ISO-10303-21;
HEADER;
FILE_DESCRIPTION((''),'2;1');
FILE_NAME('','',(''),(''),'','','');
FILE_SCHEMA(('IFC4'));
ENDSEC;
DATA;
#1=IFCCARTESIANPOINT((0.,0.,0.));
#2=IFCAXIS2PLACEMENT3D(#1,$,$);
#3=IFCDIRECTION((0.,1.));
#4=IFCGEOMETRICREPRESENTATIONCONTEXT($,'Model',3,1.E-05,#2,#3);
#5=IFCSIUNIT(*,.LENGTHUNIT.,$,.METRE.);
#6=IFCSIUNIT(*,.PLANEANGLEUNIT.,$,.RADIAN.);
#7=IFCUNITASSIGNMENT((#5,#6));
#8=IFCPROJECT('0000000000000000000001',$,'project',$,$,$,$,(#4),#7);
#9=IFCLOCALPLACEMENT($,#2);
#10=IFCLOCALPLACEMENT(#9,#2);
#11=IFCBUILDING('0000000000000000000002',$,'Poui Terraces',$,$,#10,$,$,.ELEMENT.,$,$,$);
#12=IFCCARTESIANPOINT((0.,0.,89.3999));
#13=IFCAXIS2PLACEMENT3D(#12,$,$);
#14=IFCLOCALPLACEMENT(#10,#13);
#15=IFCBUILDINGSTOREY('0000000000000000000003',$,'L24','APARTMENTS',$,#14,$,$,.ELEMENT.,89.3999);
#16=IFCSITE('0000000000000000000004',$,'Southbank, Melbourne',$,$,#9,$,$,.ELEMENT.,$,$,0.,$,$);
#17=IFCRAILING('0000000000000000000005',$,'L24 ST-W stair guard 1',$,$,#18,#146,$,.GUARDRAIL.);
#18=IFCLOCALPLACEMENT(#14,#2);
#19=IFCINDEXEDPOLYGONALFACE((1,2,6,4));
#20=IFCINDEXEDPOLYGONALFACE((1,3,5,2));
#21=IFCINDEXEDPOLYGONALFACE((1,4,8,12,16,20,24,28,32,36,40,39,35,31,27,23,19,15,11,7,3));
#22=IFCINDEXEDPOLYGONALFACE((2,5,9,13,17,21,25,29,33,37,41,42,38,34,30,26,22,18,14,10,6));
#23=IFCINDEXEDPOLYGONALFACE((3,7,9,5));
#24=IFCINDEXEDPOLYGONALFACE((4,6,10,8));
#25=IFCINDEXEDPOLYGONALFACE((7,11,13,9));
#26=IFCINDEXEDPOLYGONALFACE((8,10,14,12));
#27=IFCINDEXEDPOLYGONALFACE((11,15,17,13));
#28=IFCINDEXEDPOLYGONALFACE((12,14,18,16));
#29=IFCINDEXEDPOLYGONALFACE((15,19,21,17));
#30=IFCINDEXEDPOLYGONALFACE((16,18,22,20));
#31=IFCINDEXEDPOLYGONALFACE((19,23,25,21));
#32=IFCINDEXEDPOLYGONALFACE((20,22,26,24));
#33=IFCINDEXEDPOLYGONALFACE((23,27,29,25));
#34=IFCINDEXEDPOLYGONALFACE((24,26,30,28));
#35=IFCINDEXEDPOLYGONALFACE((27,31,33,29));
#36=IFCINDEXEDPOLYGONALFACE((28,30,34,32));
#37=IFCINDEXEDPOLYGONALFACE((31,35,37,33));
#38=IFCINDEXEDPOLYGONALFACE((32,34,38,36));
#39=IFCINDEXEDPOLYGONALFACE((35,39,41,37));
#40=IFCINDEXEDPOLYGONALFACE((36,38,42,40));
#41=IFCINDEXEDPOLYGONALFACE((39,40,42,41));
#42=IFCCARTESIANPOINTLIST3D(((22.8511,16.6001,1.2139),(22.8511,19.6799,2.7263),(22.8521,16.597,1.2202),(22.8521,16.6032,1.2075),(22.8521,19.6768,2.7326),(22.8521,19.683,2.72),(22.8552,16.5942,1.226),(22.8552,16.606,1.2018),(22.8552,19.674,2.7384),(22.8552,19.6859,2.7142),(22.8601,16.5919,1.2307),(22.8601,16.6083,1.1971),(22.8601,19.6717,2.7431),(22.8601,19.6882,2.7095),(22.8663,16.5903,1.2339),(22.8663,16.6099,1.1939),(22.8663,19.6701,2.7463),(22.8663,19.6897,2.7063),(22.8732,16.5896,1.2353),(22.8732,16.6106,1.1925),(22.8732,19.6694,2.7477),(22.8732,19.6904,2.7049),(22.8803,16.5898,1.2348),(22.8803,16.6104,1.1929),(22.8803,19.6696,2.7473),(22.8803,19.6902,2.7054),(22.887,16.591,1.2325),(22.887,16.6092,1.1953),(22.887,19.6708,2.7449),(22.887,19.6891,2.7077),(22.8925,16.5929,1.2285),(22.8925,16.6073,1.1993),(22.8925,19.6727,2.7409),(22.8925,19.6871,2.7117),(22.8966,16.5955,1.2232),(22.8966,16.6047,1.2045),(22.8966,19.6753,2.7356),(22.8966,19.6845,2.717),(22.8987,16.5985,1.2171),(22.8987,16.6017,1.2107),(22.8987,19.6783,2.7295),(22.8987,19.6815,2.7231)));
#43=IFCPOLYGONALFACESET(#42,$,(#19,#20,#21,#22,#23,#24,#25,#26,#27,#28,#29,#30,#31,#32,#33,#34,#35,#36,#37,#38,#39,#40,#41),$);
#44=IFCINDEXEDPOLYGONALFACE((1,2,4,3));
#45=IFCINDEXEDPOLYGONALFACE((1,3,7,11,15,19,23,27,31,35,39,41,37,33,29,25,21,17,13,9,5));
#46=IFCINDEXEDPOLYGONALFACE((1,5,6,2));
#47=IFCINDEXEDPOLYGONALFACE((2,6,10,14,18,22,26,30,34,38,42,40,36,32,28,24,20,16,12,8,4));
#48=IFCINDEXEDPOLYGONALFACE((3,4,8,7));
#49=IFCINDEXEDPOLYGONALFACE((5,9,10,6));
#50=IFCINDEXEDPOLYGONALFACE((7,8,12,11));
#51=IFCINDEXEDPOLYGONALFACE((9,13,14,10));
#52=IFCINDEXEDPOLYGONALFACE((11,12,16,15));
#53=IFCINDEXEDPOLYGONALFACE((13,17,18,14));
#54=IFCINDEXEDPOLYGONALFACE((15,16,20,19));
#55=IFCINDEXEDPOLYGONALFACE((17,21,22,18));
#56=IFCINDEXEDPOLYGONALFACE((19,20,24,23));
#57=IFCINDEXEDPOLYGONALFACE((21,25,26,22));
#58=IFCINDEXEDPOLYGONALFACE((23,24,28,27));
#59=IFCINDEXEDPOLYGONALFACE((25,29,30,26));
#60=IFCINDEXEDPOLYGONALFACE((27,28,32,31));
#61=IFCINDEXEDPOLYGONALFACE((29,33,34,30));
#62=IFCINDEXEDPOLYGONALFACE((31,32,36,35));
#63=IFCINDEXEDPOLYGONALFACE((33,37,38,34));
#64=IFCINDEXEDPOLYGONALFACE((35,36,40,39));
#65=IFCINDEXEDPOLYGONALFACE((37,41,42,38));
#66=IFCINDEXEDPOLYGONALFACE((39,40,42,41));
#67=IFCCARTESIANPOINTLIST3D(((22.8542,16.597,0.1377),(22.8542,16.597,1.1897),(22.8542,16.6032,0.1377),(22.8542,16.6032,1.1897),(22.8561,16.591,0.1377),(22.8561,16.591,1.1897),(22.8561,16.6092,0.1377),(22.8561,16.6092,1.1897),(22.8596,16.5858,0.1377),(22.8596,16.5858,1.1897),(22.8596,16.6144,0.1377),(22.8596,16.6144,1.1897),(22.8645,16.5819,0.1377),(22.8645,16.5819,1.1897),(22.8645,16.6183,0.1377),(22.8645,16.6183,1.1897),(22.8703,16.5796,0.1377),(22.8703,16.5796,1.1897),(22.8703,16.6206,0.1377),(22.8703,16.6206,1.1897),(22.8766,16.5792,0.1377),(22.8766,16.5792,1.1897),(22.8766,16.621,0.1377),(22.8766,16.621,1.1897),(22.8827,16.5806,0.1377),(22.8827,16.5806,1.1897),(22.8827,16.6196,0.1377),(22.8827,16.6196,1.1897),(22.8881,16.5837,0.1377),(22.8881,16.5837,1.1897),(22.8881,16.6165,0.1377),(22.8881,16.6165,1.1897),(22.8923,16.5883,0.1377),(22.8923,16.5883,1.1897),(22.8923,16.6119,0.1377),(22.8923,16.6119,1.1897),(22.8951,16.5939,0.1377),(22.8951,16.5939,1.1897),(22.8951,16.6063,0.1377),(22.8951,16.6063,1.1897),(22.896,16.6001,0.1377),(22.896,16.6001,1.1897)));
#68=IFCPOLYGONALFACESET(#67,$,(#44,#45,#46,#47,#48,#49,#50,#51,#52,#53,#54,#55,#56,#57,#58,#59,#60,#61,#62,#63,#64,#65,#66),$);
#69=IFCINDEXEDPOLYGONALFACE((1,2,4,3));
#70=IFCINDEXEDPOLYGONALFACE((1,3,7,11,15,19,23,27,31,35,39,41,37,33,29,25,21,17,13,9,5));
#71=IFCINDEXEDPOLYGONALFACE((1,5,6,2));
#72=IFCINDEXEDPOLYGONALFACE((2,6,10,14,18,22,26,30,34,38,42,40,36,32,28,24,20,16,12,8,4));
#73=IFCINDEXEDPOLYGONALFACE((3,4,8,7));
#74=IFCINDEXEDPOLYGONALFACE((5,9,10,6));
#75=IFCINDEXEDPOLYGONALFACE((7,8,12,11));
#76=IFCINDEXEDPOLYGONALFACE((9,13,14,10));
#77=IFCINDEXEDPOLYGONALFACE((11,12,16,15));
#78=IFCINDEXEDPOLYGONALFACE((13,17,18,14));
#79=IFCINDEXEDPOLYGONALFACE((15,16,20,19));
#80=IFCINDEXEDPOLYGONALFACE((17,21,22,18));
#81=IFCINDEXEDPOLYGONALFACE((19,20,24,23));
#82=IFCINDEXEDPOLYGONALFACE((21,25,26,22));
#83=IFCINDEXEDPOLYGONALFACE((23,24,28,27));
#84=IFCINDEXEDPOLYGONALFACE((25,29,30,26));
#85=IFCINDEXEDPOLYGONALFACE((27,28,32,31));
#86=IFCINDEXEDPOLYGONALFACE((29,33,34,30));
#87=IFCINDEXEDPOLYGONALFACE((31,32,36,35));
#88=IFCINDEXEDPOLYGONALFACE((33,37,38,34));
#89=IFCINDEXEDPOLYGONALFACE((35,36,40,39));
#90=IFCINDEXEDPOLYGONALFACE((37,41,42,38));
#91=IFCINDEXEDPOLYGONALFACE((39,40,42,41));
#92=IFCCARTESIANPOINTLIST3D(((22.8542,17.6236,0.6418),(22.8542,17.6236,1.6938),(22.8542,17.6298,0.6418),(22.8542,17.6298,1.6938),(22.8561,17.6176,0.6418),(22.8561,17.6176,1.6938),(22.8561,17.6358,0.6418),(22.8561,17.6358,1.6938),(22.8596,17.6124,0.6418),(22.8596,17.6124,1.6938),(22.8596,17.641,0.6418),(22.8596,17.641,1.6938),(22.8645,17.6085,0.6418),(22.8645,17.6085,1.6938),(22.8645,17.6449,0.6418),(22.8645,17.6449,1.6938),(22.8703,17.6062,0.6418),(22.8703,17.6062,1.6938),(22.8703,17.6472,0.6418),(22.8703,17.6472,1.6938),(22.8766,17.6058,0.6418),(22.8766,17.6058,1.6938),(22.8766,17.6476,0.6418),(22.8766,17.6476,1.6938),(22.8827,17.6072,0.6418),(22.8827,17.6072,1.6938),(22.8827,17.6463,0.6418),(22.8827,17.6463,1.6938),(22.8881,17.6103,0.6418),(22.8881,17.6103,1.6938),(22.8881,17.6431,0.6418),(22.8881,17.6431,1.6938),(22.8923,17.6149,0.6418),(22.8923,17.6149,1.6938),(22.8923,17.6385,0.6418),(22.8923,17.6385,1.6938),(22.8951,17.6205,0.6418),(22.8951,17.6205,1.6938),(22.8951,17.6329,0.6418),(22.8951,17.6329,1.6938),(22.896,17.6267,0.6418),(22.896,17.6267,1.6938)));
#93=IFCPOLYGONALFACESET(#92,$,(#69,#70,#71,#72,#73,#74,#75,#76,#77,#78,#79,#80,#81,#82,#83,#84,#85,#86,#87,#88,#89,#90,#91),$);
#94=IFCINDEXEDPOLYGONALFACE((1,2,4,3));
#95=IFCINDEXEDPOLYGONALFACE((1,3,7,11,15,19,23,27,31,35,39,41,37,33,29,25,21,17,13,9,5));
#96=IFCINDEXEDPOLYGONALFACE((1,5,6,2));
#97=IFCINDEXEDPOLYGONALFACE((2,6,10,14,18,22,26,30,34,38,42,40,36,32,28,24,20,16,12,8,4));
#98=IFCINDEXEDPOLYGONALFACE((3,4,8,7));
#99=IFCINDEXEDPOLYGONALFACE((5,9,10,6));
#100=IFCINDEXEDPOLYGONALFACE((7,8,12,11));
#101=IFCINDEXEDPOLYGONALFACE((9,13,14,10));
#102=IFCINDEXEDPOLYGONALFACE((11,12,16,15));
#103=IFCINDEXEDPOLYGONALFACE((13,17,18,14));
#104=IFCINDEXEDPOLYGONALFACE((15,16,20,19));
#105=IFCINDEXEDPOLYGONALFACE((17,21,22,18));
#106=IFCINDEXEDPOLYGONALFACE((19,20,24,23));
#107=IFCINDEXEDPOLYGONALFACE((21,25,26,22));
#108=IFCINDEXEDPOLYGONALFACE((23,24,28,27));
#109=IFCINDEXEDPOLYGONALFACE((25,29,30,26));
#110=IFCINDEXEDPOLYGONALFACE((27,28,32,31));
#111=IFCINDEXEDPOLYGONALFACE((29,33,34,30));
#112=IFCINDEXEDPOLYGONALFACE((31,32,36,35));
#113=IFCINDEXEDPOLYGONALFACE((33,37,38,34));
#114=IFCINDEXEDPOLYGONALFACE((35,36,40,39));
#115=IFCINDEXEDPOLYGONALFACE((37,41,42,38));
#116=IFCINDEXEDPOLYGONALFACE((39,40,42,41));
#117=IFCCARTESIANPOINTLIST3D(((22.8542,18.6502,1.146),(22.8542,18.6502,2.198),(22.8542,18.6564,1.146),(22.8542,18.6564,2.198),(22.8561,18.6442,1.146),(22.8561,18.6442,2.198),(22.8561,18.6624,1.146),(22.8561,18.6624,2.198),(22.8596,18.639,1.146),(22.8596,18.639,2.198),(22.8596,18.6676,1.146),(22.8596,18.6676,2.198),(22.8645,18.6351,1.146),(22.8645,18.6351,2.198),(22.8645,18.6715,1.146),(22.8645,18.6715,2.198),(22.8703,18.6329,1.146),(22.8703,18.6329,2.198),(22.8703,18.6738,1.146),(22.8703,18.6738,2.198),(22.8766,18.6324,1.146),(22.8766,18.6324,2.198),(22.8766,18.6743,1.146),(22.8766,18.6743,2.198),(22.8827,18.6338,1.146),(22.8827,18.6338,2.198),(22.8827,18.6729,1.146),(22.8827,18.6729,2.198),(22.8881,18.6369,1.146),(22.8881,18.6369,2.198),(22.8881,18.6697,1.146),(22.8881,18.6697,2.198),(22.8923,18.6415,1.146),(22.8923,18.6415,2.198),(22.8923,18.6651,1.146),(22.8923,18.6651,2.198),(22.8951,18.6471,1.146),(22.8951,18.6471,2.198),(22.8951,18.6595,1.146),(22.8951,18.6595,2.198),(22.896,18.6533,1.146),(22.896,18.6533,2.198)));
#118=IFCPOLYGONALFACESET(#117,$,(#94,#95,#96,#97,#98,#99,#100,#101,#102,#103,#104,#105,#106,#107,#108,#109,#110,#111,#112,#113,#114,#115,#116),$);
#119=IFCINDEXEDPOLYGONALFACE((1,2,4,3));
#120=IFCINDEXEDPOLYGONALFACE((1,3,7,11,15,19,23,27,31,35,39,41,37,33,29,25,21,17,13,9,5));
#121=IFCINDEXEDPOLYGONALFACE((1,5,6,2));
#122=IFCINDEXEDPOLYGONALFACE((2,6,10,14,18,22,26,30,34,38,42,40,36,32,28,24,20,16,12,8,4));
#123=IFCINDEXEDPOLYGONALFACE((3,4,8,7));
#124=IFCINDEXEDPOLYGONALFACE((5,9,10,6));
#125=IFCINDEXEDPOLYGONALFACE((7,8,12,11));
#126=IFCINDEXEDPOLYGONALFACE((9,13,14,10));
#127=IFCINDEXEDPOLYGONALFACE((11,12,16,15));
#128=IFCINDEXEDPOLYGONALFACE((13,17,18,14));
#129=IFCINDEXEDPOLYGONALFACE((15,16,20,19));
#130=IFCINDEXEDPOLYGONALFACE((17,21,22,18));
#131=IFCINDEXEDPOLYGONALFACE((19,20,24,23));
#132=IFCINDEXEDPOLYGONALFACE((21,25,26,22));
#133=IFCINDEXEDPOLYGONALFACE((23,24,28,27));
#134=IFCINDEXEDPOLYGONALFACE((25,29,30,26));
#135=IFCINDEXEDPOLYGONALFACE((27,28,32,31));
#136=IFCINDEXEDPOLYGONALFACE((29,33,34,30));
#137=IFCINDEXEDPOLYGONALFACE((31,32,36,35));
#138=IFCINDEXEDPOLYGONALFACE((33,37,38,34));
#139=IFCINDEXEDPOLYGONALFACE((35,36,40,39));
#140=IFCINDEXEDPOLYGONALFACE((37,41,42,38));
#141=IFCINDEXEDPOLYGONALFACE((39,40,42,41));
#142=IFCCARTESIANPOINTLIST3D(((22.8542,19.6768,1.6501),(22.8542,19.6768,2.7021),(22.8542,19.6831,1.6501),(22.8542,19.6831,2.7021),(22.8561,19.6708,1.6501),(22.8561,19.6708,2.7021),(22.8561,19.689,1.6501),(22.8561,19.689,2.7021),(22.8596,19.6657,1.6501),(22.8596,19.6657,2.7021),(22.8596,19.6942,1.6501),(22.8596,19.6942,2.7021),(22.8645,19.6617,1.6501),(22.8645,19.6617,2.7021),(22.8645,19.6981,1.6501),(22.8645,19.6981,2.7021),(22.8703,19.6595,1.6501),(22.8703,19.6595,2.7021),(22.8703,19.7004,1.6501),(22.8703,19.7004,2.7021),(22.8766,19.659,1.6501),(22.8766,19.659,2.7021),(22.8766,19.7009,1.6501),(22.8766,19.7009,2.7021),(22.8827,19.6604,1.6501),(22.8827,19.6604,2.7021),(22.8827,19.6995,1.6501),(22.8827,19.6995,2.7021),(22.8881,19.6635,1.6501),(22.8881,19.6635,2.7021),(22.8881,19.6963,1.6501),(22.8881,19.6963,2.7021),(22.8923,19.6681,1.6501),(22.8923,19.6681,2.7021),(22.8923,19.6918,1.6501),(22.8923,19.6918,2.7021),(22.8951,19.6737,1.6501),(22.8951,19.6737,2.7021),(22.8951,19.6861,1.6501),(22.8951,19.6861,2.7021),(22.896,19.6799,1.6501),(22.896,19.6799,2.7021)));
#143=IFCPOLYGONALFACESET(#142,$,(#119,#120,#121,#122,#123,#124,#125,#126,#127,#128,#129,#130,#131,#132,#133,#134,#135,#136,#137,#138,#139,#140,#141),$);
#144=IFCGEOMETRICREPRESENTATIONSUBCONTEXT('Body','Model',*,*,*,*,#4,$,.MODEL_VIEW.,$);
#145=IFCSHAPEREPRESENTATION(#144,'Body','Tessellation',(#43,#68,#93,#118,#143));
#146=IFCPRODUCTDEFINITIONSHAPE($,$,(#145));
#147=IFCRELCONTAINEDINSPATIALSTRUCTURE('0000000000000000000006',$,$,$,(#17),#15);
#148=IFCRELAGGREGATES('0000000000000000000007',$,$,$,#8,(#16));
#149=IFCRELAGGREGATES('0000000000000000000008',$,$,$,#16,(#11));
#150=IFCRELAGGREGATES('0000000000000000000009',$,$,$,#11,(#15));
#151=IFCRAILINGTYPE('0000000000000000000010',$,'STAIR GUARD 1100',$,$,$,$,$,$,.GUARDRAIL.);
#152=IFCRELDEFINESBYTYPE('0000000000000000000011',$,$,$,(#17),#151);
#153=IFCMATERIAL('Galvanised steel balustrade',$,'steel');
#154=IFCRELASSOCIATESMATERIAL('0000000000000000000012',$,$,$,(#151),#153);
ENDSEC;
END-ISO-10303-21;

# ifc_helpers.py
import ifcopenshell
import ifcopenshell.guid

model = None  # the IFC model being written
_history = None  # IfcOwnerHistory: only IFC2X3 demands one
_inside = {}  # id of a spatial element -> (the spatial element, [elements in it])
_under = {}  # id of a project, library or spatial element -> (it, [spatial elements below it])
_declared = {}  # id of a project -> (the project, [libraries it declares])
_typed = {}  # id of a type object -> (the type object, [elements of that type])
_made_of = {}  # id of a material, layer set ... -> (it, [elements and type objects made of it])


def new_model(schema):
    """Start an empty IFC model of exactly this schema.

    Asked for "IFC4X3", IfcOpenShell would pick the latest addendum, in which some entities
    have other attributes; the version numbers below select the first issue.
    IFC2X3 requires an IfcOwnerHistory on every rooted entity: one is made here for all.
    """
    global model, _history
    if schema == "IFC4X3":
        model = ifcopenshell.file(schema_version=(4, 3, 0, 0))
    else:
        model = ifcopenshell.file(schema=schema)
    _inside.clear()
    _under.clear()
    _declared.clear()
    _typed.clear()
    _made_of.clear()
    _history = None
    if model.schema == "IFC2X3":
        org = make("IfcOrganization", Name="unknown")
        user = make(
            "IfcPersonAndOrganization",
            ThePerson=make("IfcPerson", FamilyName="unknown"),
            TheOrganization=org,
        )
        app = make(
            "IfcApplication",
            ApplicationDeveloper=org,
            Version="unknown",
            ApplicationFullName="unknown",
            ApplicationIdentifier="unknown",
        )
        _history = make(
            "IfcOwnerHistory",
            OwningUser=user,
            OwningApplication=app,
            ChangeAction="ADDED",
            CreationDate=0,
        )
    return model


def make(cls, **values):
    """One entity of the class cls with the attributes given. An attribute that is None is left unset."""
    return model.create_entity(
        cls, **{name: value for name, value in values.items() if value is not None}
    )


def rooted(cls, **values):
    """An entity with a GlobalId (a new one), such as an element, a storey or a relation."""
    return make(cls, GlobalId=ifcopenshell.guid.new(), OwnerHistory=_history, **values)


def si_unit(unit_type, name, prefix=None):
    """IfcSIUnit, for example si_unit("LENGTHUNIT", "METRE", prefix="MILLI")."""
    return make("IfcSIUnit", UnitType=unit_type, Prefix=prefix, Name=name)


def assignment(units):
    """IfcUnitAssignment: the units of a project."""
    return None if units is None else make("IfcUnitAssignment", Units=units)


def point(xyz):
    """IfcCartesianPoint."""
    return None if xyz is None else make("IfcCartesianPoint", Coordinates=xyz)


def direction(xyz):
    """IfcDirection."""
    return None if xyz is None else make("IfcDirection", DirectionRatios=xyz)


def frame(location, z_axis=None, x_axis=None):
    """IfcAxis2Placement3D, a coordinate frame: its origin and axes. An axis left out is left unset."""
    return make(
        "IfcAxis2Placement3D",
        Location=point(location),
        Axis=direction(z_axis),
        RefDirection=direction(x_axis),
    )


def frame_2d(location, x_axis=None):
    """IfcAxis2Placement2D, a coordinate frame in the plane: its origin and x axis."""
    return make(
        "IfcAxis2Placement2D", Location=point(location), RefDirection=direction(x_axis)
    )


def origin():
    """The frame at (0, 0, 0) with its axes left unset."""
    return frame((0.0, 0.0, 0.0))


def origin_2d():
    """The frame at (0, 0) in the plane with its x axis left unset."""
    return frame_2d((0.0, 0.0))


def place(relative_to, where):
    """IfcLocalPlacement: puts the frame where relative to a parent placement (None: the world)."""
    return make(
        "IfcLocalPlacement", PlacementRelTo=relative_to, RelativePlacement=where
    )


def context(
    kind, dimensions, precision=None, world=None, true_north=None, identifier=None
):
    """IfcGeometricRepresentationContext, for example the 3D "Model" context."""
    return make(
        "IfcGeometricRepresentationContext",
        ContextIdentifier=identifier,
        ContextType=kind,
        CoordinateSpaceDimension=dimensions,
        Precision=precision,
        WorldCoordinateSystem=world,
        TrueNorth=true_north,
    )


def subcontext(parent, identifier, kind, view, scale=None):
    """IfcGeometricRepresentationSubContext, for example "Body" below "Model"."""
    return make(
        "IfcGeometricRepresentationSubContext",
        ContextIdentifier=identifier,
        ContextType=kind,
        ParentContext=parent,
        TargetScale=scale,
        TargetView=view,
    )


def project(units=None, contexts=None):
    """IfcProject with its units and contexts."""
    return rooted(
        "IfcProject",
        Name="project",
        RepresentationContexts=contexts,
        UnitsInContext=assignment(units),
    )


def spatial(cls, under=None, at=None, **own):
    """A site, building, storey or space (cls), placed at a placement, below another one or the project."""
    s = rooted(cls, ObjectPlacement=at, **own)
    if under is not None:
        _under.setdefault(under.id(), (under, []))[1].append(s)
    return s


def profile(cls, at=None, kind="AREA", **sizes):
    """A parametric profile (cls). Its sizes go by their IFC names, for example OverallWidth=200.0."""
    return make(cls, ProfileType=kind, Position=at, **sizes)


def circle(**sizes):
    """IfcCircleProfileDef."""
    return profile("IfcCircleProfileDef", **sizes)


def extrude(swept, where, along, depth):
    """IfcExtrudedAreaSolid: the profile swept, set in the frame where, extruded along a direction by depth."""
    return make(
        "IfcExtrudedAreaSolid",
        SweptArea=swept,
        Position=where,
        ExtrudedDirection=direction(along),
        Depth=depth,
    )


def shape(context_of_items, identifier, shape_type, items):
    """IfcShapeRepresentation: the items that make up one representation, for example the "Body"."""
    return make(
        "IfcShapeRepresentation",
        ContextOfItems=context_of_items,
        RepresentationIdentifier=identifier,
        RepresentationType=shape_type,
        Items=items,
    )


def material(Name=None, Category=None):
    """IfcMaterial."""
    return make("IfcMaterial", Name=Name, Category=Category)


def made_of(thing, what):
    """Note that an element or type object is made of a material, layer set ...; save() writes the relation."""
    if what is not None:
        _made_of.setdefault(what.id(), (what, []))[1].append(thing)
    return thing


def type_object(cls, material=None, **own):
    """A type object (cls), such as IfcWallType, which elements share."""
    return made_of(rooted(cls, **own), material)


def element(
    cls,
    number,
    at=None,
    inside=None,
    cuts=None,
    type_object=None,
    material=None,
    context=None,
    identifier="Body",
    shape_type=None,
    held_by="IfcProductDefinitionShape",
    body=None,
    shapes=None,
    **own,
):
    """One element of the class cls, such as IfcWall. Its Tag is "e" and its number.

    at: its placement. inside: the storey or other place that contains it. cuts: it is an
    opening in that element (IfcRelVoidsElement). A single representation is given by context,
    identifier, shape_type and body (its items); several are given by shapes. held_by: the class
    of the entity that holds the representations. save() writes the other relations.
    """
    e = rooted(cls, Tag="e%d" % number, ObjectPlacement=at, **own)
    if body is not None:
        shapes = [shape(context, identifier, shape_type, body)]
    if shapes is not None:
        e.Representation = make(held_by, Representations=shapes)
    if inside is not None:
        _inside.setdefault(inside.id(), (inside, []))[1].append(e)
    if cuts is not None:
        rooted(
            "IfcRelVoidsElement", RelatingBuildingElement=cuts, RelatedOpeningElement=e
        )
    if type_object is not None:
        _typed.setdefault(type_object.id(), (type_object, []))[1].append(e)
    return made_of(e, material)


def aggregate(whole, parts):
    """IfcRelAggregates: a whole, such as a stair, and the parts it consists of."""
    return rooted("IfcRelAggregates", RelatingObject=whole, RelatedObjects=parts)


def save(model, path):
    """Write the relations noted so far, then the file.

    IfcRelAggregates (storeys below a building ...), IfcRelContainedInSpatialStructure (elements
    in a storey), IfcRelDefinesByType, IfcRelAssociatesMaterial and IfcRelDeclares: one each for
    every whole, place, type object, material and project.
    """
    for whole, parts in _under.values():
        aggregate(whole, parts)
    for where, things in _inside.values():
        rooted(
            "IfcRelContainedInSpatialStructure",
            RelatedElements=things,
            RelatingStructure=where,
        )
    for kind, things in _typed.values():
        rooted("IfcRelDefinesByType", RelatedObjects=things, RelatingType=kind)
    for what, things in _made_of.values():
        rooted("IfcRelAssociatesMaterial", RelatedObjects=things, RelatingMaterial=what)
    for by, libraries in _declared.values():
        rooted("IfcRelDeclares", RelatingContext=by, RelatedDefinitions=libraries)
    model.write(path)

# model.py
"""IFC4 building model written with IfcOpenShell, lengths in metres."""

from ifc_helpers import new_model, si_unit, direction, frame, origin, origin_2d, place, context, subcontext, project, spatial, circle, extrude, material, type_object, element, save


model = new_model("IFC4")

# Units and contexts
model_context = context("Model", 3, precision=1e-05, world=origin(), true_north=direction((0.0, 1.0)))
body_context = subcontext(model_context, "Body", "Model", "MODEL_VIEW")
ifc_project = project(units=[si_unit("LENGTHUNIT", "METRE"), si_unit("PLANEANGLEUNIT", "RADIAN")], contexts=[model_context])

# Site, building, storey
site_placement = place(None, origin())
site = spatial("IfcSite", under=ifc_project, at=site_placement, Name="Southbank, Melbourne", CompositionType="ELEMENT", RefElevation=0.0)
building_placement = place(site_placement, origin())
building = spatial("IfcBuilding", under=site, at=building_placement, Name="Poui Terraces", CompositionType="ELEMENT")
storey_placement = place(building_placement, frame((0.0, 0.0, 89.3999)))
storey = spatial("IfcBuildingStorey", under=building, at=storey_placement, Name="L24", Description="APARTMENTS", CompositionType="ELEMENT", Elevation=89.3999)

# Railing
ifc_material_1 = material(Name="Galvanised steel balustrade", Category="steel")
railing_type_1 = type_object("IfcRailingType", Name="STAIR GUARD 1100", PredefinedType="GUARDRAIL", material=ifc_material_1)
railing_1_placement = place(storey_placement, frame((22.875, 16.6001, 0.1377)))
element("IfcRailing", 1, at=railing_1_placement, inside=storey, type_object=railing_type_1, Name="L24 ST-W stair guard 1", PredefinedType="GUARDRAIL", context=body_context, shape_type="SweptSolid", body=[
    extrude(circle(Radius=0.0239, at=origin_2d()), frame((0.0, 0.0, 1.0762), z_axis=(0.0, 0.897606, 0.440798), x_axis=(-1.0, 0.0, 0.0)), (0.0, 0.0, 1.0), 3.4312),
    extrude(circle(Radius=0.021, at=origin_2d()), origin(), (0.0, 0.0, 1.0), 1.052),
    extrude(circle(Radius=0.021, at=origin_2d()), frame((0.0, 1.0266, 0.5042)), (0.0, 0.0, 1.0), 1.052),
    extrude(circle(Radius=0.021, at=origin_2d()), frame((0.0, 2.0532, 1.0083)), (0.0, 0.0, 1.0), 1.052),
    extrude(circle(Radius=0.021, at=origin_2d()), frame((0.0, 3.0798, 1.5125)), (0.0, 0.0, 1.0), 1.052),
])

save(model, "model.ifc")
